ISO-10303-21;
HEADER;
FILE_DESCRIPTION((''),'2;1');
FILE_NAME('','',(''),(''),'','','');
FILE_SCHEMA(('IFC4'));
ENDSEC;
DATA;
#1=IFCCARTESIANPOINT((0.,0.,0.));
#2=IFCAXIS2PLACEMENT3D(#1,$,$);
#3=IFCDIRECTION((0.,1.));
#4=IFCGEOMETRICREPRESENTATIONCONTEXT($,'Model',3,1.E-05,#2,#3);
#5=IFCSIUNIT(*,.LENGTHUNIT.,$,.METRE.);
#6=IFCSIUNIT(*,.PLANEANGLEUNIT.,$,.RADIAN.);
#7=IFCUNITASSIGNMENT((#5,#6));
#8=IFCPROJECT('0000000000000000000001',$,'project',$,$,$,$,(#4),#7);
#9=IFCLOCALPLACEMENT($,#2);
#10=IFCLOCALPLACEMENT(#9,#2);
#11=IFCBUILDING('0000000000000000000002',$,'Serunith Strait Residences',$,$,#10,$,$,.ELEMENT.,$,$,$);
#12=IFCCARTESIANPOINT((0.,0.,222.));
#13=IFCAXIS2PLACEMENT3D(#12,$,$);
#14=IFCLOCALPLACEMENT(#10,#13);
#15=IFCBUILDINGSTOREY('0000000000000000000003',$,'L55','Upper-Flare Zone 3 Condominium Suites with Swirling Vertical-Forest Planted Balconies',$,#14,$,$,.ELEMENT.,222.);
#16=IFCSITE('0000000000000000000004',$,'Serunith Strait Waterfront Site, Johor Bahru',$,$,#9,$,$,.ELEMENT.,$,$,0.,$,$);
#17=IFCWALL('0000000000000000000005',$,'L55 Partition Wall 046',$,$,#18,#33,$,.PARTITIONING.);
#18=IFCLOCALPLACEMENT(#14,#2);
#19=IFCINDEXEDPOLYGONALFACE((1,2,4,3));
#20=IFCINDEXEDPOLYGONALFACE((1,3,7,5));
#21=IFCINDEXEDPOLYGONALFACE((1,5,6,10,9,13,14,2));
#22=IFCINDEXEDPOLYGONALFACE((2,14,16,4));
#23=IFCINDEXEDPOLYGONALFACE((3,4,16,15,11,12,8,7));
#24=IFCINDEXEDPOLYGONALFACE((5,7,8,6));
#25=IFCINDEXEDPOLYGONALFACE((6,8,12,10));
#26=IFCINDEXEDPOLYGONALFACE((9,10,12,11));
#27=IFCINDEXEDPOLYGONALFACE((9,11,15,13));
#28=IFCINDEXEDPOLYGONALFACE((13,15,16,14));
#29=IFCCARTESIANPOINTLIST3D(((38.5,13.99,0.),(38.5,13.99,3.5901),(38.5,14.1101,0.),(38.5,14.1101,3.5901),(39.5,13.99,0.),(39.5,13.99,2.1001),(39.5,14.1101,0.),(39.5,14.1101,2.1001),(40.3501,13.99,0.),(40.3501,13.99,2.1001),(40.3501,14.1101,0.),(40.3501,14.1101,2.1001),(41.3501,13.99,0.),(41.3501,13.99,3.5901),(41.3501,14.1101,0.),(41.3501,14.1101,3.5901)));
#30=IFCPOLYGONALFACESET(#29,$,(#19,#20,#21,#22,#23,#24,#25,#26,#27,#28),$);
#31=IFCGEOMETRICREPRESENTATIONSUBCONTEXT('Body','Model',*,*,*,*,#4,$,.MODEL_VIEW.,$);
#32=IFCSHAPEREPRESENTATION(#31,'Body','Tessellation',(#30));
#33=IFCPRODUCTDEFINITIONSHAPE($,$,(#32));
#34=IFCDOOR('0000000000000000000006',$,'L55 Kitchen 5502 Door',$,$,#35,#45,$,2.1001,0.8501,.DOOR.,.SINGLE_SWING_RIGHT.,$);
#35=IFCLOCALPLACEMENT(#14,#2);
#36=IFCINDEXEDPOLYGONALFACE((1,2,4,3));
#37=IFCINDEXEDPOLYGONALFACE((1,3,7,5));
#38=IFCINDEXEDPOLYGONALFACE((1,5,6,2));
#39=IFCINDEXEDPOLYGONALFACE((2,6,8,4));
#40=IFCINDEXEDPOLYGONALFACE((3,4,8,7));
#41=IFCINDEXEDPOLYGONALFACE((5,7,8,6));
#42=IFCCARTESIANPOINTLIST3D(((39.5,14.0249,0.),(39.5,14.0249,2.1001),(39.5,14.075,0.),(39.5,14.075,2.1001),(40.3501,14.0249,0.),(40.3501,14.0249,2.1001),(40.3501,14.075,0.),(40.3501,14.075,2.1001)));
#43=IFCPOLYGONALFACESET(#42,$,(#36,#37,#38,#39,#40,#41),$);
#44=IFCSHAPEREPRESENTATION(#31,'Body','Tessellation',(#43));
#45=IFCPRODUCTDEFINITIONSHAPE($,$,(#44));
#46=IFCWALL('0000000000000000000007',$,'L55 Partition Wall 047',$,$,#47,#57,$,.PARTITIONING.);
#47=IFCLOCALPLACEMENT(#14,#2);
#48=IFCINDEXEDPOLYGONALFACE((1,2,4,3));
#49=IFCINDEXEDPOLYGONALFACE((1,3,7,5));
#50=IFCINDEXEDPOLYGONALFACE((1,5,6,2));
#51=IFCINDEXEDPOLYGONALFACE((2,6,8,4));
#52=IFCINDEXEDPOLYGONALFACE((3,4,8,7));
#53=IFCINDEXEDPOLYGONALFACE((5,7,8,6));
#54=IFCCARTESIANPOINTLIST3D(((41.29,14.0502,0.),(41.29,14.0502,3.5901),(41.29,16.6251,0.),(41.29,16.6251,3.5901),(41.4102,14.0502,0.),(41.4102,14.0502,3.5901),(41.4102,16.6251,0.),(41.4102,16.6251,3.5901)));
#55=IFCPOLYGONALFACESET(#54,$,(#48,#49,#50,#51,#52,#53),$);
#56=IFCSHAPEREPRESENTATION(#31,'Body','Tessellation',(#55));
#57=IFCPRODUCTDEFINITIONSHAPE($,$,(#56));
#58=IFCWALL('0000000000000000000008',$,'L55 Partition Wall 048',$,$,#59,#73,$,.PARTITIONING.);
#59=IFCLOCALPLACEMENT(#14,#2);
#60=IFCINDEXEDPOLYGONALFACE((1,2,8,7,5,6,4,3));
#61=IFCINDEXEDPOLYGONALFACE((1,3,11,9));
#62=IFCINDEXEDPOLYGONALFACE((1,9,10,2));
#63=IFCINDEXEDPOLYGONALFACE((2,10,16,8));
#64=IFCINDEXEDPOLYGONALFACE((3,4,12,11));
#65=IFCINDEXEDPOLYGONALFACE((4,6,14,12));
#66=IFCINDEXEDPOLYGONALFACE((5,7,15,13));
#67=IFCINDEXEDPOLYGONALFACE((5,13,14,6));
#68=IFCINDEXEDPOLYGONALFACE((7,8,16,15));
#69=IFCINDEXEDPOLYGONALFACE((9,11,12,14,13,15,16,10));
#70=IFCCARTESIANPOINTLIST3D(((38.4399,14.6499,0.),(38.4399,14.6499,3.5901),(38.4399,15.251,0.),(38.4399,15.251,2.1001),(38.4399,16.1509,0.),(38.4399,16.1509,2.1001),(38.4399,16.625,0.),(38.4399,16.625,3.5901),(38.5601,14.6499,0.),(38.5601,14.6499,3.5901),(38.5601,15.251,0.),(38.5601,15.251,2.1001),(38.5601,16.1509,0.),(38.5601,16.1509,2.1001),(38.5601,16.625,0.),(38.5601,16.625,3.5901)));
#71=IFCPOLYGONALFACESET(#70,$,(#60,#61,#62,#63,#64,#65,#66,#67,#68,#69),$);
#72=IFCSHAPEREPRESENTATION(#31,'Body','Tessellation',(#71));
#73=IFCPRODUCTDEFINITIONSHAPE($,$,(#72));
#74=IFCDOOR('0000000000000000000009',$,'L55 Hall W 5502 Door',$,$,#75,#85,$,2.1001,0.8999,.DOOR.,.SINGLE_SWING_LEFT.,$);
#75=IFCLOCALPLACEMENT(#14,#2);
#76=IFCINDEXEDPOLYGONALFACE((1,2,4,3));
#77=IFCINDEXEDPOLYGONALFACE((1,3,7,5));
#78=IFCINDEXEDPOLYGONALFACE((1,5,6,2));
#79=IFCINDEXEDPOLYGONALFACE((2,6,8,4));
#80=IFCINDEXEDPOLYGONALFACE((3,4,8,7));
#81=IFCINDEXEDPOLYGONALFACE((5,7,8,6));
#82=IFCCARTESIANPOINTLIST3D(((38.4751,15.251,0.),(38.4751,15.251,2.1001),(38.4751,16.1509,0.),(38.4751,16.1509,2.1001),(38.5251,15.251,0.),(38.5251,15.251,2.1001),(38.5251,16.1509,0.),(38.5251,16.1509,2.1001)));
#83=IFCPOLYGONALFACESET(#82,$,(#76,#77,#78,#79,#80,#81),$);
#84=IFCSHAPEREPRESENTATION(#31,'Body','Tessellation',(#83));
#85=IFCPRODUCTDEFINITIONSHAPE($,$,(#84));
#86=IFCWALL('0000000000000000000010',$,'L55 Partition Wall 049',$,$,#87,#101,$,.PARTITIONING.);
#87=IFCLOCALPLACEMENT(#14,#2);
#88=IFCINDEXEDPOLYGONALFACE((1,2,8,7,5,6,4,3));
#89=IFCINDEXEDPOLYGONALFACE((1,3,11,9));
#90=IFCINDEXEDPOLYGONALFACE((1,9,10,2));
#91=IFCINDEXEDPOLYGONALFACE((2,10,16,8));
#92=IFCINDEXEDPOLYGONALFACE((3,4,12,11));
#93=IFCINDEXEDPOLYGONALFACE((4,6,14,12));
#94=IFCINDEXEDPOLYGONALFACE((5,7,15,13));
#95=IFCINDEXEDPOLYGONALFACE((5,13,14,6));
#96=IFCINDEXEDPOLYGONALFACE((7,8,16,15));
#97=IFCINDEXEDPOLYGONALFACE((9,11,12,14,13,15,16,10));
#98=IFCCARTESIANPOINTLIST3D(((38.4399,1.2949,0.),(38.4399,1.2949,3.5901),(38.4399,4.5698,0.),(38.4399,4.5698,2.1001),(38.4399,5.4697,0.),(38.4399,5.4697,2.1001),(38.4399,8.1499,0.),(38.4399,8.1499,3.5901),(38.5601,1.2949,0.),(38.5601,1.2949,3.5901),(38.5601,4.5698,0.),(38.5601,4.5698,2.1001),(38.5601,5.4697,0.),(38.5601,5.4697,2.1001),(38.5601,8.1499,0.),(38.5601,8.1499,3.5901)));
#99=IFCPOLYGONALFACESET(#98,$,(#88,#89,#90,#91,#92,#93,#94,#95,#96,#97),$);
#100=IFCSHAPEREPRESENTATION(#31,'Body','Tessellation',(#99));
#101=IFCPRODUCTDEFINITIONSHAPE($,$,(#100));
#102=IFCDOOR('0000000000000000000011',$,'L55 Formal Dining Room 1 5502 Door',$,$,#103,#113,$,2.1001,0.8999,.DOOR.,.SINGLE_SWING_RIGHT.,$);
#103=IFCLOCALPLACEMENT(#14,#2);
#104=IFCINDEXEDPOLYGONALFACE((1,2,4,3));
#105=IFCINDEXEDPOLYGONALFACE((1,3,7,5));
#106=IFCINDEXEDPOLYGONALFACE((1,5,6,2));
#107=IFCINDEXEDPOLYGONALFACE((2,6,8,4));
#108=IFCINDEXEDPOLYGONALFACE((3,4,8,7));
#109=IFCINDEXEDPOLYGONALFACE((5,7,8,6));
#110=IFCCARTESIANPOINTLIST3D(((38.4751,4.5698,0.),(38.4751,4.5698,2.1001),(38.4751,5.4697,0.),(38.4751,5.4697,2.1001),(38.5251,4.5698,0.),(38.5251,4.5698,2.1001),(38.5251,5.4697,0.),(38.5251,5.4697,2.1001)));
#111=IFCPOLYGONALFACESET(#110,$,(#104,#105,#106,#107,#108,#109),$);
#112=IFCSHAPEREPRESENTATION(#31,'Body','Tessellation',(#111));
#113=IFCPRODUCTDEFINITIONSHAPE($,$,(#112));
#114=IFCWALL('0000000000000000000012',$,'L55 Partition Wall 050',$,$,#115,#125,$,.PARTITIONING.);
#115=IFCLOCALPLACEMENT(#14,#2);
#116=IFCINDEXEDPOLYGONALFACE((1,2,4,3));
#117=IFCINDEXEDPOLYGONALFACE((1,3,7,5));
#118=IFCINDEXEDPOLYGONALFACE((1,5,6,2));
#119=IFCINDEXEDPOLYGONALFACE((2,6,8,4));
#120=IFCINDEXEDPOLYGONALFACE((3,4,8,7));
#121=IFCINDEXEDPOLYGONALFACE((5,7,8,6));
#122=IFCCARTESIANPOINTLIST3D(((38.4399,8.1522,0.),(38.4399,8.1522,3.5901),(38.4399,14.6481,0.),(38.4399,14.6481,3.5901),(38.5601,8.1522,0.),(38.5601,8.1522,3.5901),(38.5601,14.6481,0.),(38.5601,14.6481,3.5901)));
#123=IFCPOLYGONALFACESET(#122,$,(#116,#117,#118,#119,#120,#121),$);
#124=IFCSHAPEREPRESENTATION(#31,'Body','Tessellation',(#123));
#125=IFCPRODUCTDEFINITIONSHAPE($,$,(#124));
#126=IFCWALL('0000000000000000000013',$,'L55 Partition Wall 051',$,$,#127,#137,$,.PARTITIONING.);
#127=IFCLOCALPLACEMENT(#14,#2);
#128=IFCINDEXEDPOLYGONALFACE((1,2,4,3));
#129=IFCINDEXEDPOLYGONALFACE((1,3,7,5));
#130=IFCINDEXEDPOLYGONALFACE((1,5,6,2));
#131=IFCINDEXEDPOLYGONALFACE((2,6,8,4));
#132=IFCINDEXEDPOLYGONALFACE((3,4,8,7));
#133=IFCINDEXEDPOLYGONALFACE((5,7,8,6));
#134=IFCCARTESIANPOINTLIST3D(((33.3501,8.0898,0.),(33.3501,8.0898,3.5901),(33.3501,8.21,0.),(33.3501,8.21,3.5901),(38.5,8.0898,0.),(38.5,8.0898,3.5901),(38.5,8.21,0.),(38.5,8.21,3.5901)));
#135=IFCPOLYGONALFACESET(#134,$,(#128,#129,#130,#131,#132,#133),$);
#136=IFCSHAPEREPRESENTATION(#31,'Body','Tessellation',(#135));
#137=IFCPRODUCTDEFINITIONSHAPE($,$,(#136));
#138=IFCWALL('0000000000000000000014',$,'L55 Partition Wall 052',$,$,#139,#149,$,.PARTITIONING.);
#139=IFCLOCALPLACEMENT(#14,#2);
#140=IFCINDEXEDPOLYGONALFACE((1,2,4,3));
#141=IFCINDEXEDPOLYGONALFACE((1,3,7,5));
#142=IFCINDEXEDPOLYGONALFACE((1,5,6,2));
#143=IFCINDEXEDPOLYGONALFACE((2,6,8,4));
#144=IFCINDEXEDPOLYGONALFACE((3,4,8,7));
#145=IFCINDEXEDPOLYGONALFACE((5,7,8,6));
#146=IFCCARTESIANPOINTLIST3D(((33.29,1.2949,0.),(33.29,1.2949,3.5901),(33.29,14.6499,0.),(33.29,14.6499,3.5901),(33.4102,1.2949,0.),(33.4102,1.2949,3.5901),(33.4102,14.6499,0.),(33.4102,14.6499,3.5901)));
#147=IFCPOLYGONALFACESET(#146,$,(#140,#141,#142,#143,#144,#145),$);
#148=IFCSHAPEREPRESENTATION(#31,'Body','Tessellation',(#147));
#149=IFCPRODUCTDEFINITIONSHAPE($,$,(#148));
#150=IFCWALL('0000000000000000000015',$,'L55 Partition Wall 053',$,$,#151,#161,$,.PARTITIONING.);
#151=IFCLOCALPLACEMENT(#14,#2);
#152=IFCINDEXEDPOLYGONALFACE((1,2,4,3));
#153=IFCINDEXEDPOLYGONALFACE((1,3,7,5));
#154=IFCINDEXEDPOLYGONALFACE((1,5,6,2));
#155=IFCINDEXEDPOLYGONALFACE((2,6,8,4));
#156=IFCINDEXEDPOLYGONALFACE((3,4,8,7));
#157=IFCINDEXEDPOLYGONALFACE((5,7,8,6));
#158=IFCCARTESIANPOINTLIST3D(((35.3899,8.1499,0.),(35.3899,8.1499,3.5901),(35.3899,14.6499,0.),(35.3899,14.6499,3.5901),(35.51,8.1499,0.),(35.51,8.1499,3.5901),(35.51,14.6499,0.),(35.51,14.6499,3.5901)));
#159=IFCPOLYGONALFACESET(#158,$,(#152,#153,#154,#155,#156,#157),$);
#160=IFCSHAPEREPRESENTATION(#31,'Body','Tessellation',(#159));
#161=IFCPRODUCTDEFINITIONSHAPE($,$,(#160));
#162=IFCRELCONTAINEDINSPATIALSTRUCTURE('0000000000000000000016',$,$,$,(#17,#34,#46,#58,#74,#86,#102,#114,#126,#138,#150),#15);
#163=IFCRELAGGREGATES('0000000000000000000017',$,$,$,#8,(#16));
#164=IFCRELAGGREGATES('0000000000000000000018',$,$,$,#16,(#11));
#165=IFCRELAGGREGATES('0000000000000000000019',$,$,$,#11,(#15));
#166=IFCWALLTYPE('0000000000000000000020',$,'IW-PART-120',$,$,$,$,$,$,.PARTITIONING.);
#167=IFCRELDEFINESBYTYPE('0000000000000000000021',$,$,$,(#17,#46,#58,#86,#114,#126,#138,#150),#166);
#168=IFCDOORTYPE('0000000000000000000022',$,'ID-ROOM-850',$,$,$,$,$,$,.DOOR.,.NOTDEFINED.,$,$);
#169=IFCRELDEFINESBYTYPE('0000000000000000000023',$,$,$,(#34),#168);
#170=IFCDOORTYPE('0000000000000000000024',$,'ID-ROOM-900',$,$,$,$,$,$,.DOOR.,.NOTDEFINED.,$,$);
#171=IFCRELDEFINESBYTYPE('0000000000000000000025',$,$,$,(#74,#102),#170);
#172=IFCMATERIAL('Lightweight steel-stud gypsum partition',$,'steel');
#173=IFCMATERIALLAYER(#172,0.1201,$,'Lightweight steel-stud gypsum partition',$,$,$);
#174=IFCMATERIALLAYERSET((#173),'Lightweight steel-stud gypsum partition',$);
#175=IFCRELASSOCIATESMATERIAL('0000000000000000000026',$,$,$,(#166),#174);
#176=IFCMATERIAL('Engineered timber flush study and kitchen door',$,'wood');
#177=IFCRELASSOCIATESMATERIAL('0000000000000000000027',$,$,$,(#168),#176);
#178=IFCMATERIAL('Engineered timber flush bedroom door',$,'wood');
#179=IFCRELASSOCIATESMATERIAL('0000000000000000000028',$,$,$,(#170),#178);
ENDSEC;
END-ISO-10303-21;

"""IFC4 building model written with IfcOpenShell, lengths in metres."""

from ifc_helpers import new_model, si_unit, direction, frame, frame_2d, origin, place, context, subcontext, project, spatial, rectangle, extrude, source, transform, mapped, material, layer, layer_set, type_object, element, fill, save


model = new_model("IFC4")

# Units and contexts
model_context = context("Model", 3, precision=1e-05, world=origin(), true_north=direction((0.0, 1.0)))
body_context = subcontext(model_context, "Body", "Model", "MODEL_VIEW")
ifc_project = project(units=[si_unit("LENGTHUNIT", "METRE"), si_unit("PLANEANGLEUNIT", "RADIAN")], contexts=[model_context])

# Site, building, storey
site_placement = place(None, origin())
site = spatial("IfcSite", under=ifc_project, at=site_placement, Name="Serunith Strait Waterfront Site, Johor Bahru", CompositionType="ELEMENT", RefElevation=0.0)
building_placement = place(site_placement, origin())
building = spatial("IfcBuilding", under=site, at=building_placement, Name="Serunith Strait Residences", CompositionType="ELEMENT")
storey_placement = place(building_placement, frame((0.0, 0.0, 222.0)))
storey = spatial("IfcBuildingStorey", under=building, at=storey_placement, Name="L55", Description="Upper-Flare Zone 3 Condominium Suites with Swirling Vertical-Forest Planted Balconies", CompositionType="ELEMENT", Elevation=222.0)

# Wall, opening, door
ifc_material_1 = material(Name="Lightweight steel-stud gypsum partition", Category="steel")
ifc_layer_1 = layer(ifc_material_1, 0.1201, Name="Lightweight steel-stud gypsum partition")
ifc_layer_set_1 = layer_set([ifc_layer_1], Name="Lightweight steel-stud gypsum partition")
wall_type_1 = type_object("IfcWallType", Name="IW-PART-120", PredefinedType="PARTITIONING", material=ifc_layer_set_1)
wall_1_placement = place(storey_placement, frame((38.5, 14.05, 0.0), z_axis=(0.0, 0.0, 1.0), x_axis=(1.0, 0.0, 0.0)))
wall_1 = element("IfcWall", 1, at=wall_1_placement, inside=storey, type_object=wall_type_1, Name="L55 Partition Wall 046", PredefinedType="PARTITIONING", context=body_context, shape_type="SweptSolid", body=[
    extrude(rectangle(XDim=2.8501, YDim=0.1201, at=frame_2d((1.425, 0.0))), origin(), (0.0, 0.0, 1.0), 3.5901),
])
opening_1_placement = place(wall_1_placement, frame((1.0, 0.0, 0.0)))
opening_1 = element("IfcOpeningElement", 2, at=opening_1_placement, cuts=wall_1, PredefinedType="OPENING", context=body_context, shape_type="SweptSolid", body=[
    extrude(rectangle(XDim=0.8501, YDim=2.1001, at=frame_2d((0.425, 1.05))), frame((0.0, 0.0701, 0.0), z_axis=(0.0, -1.0, 0.0), x_axis=(1.0, 0.0, 0.0)), (0.0, 0.0, 1.0), 0.1401),
])
ifc_material_2 = material(Name="Engineered timber flush study and kitchen door", Category="wood")
door_type_1 = type_object("IfcDoorType", Name="ID-ROOM-850", OperationType="NOTDEFINED", PredefinedType="DOOR", material=ifc_material_2)
shared_shape_1 = source(origin(), body_context, "Body", "SweptSolid", [
    extrude(rectangle(XDim=0.8501, YDim=2.1001, at=frame_2d((0.425, 1.05))), frame((0.0, 0.0249, 0.0), z_axis=(0.0, -1.0, 0.0), x_axis=(1.0, 0.0, 0.0)), (0.0, 0.0, 1.0), 0.05),
])
door_1_placement = place(opening_1_placement, origin())
door_1 = element("IfcDoor", 3, at=door_1_placement, inside=storey, type_object=door_type_1, Name="L55 Kitchen 5502 Door", OperationType="SINGLE_SWING_RIGHT", OverallHeight=2.1001, OverallWidth=0.8501, PredefinedType="DOOR", context=body_context, shape_type="MappedRepresentation", body=[
    mapped(shared_shape_1, transform((0.0, 0.0, 0.0), scale=1.0)),
])
fill(opening_1, door_1)

# Wall
wall_2_placement = place(storey_placement, frame((41.3501, 14.05, 0.0), z_axis=(0.0, 0.0, 1.0), x_axis=(0.0, 1.0, 0.0)))
element("IfcWall", 4, at=wall_2_placement, inside=storey, type_object=wall_type_1, Name="L55 Partition Wall 047", PredefinedType="PARTITIONING", context=body_context, shape_type="SweptSolid", body=[
    extrude(rectangle(XDim=2.575, YDim=0.1201, at=frame_2d((1.2876, 0.0))), origin(), (0.0, 0.0, 1.0), 3.5901),
])

# Walls, openings, doors
wall_3_placement = place(storey_placement, frame((38.5, 14.6499, 0.0), z_axis=(0.0, 0.0, 1.0), x_axis=(0.0, 1.0, 0.0)))
wall_3 = element("IfcWall", 5, at=wall_3_placement, inside=storey, type_object=wall_type_1, Name="L55 Partition Wall 048", PredefinedType="PARTITIONING", context=body_context, shape_type="SweptSolid", body=[
    extrude(rectangle(XDim=1.9751, YDim=0.1201, at=frame_2d((0.9875, 0.0))), origin(), (0.0, 0.0, 1.0), 3.5901),
])
opening_2_placement = place(wall_3_placement, frame((0.6011, 0.0, 0.0)))
opening_2 = element("IfcOpeningElement", 6, at=opening_2_placement, cuts=wall_3, PredefinedType="OPENING", context=body_context, shape_type="SweptSolid", body=[
    extrude(rectangle(XDim=0.8999, YDim=2.1001, at=frame_2d((0.45, 1.05))), frame((0.0, 0.0701, 0.0), z_axis=(0.0, -1.0, 0.0), x_axis=(1.0, 0.0, 0.0)), (0.0, 0.0, 1.0), 0.1401),
])
ifc_material_3 = material(Name="Engineered timber flush bedroom door", Category="wood")
door_type_2 = type_object("IfcDoorType", Name="ID-ROOM-900", OperationType="NOTDEFINED", PredefinedType="DOOR", material=ifc_material_3)
shared_shape_2 = source(origin(), body_context, "Body", "SweptSolid", [
    extrude(rectangle(XDim=0.8999, YDim=2.1001, at=frame_2d((0.45, 1.05))), frame((0.0, 0.0249, 0.0), z_axis=(0.0, -1.0, 0.0), x_axis=(1.0, 0.0, 0.0)), (0.0, 0.0, 1.0), 0.05),
])
door_2_placement = place(opening_2_placement, origin())
door_2 = element("IfcDoor", 7, at=door_2_placement, inside=storey, type_object=door_type_2, Name="L55 Hall W 5502 Door", OperationType="SINGLE_SWING_LEFT", OverallHeight=2.1001, OverallWidth=0.8999, PredefinedType="DOOR", context=body_context, shape_type="MappedRepresentation", body=[
    mapped(shared_shape_2, transform((0.0, 0.0, 0.0), scale=1.0)),
])
fill(opening_2, door_2)
wall_4_placement = place(storey_placement, frame((38.5, 1.2949, 0.0), z_axis=(0.0, 0.0, 1.0), x_axis=(0.0, 1.0, 0.0)))
wall_4 = element("IfcWall", 8, at=wall_4_placement, inside=storey, type_object=wall_type_1, Name="L55 Partition Wall 049", PredefinedType="PARTITIONING", context=body_context, shape_type="SweptSolid", body=[
    extrude(rectangle(XDim=6.855, YDim=0.1201, at=frame_2d((3.4275, 0.0))), origin(), (0.0, 0.0, 1.0), 3.5901),
])
opening_3_placement = place(wall_4_placement, frame((3.2749, 0.0, 0.0)))
opening_3 = element("IfcOpeningElement", 9, at=opening_3_placement, cuts=wall_4, PredefinedType="OPENING", context=body_context, shape_type="SweptSolid", body=[
    extrude(rectangle(XDim=0.8999, YDim=2.1001, at=frame_2d((0.45, 1.05))), frame((0.0, 0.0701, 0.0), z_axis=(0.0, -1.0, 0.0), x_axis=(1.0, 0.0, 0.0)), (0.0, 0.0, 1.0), 0.1401),
])
door_3_placement = place(opening_3_placement, origin())
door_3 = element("IfcDoor", 10, at=door_3_placement, inside=storey, type_object=door_type_2, Name="L55 Formal Dining Room 1 5502 Door", OperationType="SINGLE_SWING_RIGHT", OverallHeight=2.1001, OverallWidth=0.8999, PredefinedType="DOOR", context=body_context, shape_type="MappedRepresentation", body=[
    mapped(shared_shape_2, transform((0.0, 0.0, 0.0), scale=1.0)),
])
fill(opening_3, door_3)

# Walls
wall_5_placement = place(storey_placement, frame((38.5, 8.1521, 0.0), z_axis=(0.0, 0.0, 1.0), x_axis=(0.0, 1.0, 0.0)))
element("IfcWall", 11, at=wall_5_placement, inside=storey, type_object=wall_type_1, Name="L55 Partition Wall 050", PredefinedType="PARTITIONING", context=body_context, shape_type="SweptSolid", body=[
    extrude(rectangle(XDim=6.4958, YDim=0.1201, at=frame_2d((3.248, 0.0))), origin(), (0.0, 0.0, 1.0), 3.5901),
])
wall_6_placement = place(storey_placement, frame((33.3501, 8.1499, 0.0), z_axis=(0.0, 0.0, 1.0), x_axis=(1.0, 0.0, 0.0)))
element("IfcWall", 12, at=wall_6_placement, inside=storey, type_object=wall_type_1, Name="L55 Partition Wall 051", PredefinedType="PARTITIONING", context=body_context, shape_type="SweptSolid", body=[
    extrude(rectangle(XDim=5.1499, YDim=0.1201, at=frame_2d((2.575, 0.0))), origin(), (0.0, 0.0, 1.0), 3.5901),
])
wall_7_placement = place(storey_placement, frame((33.3501, 1.2949, 0.0), z_axis=(0.0, 0.0, 1.0), x_axis=(0.0, 1.0, 0.0)))
element("IfcWall", 13, at=wall_7_placement, inside=storey, type_object=wall_type_1, Name="L55 Partition Wall 052", PredefinedType="PARTITIONING", context=body_context, shape_type="SweptSolid", body=[
    extrude(rectangle(XDim=13.355, YDim=0.1201, at=frame_2d((6.6775, 0.0))), origin(), (0.0, 0.0, 1.0), 3.5901),
])
wall_8_placement = place(storey_placement, frame((35.45, 8.1499, 0.0), z_axis=(0.0, 0.0, 1.0), x_axis=(0.0, 1.0, 0.0)))
element("IfcWall", 14, at=wall_8_placement, inside=storey, type_object=wall_type_1, Name="L55 Partition Wall 053", PredefinedType="PARTITIONING", context=body_context, shape_type="SweptSolid", body=[
    extrude(rectangle(XDim=6.5, YDim=0.1201, at=frame_2d((3.25, 0.0))), origin(), (0.0, 0.0, 1.0), 3.5901),
])

save(model, "model.ifc")
